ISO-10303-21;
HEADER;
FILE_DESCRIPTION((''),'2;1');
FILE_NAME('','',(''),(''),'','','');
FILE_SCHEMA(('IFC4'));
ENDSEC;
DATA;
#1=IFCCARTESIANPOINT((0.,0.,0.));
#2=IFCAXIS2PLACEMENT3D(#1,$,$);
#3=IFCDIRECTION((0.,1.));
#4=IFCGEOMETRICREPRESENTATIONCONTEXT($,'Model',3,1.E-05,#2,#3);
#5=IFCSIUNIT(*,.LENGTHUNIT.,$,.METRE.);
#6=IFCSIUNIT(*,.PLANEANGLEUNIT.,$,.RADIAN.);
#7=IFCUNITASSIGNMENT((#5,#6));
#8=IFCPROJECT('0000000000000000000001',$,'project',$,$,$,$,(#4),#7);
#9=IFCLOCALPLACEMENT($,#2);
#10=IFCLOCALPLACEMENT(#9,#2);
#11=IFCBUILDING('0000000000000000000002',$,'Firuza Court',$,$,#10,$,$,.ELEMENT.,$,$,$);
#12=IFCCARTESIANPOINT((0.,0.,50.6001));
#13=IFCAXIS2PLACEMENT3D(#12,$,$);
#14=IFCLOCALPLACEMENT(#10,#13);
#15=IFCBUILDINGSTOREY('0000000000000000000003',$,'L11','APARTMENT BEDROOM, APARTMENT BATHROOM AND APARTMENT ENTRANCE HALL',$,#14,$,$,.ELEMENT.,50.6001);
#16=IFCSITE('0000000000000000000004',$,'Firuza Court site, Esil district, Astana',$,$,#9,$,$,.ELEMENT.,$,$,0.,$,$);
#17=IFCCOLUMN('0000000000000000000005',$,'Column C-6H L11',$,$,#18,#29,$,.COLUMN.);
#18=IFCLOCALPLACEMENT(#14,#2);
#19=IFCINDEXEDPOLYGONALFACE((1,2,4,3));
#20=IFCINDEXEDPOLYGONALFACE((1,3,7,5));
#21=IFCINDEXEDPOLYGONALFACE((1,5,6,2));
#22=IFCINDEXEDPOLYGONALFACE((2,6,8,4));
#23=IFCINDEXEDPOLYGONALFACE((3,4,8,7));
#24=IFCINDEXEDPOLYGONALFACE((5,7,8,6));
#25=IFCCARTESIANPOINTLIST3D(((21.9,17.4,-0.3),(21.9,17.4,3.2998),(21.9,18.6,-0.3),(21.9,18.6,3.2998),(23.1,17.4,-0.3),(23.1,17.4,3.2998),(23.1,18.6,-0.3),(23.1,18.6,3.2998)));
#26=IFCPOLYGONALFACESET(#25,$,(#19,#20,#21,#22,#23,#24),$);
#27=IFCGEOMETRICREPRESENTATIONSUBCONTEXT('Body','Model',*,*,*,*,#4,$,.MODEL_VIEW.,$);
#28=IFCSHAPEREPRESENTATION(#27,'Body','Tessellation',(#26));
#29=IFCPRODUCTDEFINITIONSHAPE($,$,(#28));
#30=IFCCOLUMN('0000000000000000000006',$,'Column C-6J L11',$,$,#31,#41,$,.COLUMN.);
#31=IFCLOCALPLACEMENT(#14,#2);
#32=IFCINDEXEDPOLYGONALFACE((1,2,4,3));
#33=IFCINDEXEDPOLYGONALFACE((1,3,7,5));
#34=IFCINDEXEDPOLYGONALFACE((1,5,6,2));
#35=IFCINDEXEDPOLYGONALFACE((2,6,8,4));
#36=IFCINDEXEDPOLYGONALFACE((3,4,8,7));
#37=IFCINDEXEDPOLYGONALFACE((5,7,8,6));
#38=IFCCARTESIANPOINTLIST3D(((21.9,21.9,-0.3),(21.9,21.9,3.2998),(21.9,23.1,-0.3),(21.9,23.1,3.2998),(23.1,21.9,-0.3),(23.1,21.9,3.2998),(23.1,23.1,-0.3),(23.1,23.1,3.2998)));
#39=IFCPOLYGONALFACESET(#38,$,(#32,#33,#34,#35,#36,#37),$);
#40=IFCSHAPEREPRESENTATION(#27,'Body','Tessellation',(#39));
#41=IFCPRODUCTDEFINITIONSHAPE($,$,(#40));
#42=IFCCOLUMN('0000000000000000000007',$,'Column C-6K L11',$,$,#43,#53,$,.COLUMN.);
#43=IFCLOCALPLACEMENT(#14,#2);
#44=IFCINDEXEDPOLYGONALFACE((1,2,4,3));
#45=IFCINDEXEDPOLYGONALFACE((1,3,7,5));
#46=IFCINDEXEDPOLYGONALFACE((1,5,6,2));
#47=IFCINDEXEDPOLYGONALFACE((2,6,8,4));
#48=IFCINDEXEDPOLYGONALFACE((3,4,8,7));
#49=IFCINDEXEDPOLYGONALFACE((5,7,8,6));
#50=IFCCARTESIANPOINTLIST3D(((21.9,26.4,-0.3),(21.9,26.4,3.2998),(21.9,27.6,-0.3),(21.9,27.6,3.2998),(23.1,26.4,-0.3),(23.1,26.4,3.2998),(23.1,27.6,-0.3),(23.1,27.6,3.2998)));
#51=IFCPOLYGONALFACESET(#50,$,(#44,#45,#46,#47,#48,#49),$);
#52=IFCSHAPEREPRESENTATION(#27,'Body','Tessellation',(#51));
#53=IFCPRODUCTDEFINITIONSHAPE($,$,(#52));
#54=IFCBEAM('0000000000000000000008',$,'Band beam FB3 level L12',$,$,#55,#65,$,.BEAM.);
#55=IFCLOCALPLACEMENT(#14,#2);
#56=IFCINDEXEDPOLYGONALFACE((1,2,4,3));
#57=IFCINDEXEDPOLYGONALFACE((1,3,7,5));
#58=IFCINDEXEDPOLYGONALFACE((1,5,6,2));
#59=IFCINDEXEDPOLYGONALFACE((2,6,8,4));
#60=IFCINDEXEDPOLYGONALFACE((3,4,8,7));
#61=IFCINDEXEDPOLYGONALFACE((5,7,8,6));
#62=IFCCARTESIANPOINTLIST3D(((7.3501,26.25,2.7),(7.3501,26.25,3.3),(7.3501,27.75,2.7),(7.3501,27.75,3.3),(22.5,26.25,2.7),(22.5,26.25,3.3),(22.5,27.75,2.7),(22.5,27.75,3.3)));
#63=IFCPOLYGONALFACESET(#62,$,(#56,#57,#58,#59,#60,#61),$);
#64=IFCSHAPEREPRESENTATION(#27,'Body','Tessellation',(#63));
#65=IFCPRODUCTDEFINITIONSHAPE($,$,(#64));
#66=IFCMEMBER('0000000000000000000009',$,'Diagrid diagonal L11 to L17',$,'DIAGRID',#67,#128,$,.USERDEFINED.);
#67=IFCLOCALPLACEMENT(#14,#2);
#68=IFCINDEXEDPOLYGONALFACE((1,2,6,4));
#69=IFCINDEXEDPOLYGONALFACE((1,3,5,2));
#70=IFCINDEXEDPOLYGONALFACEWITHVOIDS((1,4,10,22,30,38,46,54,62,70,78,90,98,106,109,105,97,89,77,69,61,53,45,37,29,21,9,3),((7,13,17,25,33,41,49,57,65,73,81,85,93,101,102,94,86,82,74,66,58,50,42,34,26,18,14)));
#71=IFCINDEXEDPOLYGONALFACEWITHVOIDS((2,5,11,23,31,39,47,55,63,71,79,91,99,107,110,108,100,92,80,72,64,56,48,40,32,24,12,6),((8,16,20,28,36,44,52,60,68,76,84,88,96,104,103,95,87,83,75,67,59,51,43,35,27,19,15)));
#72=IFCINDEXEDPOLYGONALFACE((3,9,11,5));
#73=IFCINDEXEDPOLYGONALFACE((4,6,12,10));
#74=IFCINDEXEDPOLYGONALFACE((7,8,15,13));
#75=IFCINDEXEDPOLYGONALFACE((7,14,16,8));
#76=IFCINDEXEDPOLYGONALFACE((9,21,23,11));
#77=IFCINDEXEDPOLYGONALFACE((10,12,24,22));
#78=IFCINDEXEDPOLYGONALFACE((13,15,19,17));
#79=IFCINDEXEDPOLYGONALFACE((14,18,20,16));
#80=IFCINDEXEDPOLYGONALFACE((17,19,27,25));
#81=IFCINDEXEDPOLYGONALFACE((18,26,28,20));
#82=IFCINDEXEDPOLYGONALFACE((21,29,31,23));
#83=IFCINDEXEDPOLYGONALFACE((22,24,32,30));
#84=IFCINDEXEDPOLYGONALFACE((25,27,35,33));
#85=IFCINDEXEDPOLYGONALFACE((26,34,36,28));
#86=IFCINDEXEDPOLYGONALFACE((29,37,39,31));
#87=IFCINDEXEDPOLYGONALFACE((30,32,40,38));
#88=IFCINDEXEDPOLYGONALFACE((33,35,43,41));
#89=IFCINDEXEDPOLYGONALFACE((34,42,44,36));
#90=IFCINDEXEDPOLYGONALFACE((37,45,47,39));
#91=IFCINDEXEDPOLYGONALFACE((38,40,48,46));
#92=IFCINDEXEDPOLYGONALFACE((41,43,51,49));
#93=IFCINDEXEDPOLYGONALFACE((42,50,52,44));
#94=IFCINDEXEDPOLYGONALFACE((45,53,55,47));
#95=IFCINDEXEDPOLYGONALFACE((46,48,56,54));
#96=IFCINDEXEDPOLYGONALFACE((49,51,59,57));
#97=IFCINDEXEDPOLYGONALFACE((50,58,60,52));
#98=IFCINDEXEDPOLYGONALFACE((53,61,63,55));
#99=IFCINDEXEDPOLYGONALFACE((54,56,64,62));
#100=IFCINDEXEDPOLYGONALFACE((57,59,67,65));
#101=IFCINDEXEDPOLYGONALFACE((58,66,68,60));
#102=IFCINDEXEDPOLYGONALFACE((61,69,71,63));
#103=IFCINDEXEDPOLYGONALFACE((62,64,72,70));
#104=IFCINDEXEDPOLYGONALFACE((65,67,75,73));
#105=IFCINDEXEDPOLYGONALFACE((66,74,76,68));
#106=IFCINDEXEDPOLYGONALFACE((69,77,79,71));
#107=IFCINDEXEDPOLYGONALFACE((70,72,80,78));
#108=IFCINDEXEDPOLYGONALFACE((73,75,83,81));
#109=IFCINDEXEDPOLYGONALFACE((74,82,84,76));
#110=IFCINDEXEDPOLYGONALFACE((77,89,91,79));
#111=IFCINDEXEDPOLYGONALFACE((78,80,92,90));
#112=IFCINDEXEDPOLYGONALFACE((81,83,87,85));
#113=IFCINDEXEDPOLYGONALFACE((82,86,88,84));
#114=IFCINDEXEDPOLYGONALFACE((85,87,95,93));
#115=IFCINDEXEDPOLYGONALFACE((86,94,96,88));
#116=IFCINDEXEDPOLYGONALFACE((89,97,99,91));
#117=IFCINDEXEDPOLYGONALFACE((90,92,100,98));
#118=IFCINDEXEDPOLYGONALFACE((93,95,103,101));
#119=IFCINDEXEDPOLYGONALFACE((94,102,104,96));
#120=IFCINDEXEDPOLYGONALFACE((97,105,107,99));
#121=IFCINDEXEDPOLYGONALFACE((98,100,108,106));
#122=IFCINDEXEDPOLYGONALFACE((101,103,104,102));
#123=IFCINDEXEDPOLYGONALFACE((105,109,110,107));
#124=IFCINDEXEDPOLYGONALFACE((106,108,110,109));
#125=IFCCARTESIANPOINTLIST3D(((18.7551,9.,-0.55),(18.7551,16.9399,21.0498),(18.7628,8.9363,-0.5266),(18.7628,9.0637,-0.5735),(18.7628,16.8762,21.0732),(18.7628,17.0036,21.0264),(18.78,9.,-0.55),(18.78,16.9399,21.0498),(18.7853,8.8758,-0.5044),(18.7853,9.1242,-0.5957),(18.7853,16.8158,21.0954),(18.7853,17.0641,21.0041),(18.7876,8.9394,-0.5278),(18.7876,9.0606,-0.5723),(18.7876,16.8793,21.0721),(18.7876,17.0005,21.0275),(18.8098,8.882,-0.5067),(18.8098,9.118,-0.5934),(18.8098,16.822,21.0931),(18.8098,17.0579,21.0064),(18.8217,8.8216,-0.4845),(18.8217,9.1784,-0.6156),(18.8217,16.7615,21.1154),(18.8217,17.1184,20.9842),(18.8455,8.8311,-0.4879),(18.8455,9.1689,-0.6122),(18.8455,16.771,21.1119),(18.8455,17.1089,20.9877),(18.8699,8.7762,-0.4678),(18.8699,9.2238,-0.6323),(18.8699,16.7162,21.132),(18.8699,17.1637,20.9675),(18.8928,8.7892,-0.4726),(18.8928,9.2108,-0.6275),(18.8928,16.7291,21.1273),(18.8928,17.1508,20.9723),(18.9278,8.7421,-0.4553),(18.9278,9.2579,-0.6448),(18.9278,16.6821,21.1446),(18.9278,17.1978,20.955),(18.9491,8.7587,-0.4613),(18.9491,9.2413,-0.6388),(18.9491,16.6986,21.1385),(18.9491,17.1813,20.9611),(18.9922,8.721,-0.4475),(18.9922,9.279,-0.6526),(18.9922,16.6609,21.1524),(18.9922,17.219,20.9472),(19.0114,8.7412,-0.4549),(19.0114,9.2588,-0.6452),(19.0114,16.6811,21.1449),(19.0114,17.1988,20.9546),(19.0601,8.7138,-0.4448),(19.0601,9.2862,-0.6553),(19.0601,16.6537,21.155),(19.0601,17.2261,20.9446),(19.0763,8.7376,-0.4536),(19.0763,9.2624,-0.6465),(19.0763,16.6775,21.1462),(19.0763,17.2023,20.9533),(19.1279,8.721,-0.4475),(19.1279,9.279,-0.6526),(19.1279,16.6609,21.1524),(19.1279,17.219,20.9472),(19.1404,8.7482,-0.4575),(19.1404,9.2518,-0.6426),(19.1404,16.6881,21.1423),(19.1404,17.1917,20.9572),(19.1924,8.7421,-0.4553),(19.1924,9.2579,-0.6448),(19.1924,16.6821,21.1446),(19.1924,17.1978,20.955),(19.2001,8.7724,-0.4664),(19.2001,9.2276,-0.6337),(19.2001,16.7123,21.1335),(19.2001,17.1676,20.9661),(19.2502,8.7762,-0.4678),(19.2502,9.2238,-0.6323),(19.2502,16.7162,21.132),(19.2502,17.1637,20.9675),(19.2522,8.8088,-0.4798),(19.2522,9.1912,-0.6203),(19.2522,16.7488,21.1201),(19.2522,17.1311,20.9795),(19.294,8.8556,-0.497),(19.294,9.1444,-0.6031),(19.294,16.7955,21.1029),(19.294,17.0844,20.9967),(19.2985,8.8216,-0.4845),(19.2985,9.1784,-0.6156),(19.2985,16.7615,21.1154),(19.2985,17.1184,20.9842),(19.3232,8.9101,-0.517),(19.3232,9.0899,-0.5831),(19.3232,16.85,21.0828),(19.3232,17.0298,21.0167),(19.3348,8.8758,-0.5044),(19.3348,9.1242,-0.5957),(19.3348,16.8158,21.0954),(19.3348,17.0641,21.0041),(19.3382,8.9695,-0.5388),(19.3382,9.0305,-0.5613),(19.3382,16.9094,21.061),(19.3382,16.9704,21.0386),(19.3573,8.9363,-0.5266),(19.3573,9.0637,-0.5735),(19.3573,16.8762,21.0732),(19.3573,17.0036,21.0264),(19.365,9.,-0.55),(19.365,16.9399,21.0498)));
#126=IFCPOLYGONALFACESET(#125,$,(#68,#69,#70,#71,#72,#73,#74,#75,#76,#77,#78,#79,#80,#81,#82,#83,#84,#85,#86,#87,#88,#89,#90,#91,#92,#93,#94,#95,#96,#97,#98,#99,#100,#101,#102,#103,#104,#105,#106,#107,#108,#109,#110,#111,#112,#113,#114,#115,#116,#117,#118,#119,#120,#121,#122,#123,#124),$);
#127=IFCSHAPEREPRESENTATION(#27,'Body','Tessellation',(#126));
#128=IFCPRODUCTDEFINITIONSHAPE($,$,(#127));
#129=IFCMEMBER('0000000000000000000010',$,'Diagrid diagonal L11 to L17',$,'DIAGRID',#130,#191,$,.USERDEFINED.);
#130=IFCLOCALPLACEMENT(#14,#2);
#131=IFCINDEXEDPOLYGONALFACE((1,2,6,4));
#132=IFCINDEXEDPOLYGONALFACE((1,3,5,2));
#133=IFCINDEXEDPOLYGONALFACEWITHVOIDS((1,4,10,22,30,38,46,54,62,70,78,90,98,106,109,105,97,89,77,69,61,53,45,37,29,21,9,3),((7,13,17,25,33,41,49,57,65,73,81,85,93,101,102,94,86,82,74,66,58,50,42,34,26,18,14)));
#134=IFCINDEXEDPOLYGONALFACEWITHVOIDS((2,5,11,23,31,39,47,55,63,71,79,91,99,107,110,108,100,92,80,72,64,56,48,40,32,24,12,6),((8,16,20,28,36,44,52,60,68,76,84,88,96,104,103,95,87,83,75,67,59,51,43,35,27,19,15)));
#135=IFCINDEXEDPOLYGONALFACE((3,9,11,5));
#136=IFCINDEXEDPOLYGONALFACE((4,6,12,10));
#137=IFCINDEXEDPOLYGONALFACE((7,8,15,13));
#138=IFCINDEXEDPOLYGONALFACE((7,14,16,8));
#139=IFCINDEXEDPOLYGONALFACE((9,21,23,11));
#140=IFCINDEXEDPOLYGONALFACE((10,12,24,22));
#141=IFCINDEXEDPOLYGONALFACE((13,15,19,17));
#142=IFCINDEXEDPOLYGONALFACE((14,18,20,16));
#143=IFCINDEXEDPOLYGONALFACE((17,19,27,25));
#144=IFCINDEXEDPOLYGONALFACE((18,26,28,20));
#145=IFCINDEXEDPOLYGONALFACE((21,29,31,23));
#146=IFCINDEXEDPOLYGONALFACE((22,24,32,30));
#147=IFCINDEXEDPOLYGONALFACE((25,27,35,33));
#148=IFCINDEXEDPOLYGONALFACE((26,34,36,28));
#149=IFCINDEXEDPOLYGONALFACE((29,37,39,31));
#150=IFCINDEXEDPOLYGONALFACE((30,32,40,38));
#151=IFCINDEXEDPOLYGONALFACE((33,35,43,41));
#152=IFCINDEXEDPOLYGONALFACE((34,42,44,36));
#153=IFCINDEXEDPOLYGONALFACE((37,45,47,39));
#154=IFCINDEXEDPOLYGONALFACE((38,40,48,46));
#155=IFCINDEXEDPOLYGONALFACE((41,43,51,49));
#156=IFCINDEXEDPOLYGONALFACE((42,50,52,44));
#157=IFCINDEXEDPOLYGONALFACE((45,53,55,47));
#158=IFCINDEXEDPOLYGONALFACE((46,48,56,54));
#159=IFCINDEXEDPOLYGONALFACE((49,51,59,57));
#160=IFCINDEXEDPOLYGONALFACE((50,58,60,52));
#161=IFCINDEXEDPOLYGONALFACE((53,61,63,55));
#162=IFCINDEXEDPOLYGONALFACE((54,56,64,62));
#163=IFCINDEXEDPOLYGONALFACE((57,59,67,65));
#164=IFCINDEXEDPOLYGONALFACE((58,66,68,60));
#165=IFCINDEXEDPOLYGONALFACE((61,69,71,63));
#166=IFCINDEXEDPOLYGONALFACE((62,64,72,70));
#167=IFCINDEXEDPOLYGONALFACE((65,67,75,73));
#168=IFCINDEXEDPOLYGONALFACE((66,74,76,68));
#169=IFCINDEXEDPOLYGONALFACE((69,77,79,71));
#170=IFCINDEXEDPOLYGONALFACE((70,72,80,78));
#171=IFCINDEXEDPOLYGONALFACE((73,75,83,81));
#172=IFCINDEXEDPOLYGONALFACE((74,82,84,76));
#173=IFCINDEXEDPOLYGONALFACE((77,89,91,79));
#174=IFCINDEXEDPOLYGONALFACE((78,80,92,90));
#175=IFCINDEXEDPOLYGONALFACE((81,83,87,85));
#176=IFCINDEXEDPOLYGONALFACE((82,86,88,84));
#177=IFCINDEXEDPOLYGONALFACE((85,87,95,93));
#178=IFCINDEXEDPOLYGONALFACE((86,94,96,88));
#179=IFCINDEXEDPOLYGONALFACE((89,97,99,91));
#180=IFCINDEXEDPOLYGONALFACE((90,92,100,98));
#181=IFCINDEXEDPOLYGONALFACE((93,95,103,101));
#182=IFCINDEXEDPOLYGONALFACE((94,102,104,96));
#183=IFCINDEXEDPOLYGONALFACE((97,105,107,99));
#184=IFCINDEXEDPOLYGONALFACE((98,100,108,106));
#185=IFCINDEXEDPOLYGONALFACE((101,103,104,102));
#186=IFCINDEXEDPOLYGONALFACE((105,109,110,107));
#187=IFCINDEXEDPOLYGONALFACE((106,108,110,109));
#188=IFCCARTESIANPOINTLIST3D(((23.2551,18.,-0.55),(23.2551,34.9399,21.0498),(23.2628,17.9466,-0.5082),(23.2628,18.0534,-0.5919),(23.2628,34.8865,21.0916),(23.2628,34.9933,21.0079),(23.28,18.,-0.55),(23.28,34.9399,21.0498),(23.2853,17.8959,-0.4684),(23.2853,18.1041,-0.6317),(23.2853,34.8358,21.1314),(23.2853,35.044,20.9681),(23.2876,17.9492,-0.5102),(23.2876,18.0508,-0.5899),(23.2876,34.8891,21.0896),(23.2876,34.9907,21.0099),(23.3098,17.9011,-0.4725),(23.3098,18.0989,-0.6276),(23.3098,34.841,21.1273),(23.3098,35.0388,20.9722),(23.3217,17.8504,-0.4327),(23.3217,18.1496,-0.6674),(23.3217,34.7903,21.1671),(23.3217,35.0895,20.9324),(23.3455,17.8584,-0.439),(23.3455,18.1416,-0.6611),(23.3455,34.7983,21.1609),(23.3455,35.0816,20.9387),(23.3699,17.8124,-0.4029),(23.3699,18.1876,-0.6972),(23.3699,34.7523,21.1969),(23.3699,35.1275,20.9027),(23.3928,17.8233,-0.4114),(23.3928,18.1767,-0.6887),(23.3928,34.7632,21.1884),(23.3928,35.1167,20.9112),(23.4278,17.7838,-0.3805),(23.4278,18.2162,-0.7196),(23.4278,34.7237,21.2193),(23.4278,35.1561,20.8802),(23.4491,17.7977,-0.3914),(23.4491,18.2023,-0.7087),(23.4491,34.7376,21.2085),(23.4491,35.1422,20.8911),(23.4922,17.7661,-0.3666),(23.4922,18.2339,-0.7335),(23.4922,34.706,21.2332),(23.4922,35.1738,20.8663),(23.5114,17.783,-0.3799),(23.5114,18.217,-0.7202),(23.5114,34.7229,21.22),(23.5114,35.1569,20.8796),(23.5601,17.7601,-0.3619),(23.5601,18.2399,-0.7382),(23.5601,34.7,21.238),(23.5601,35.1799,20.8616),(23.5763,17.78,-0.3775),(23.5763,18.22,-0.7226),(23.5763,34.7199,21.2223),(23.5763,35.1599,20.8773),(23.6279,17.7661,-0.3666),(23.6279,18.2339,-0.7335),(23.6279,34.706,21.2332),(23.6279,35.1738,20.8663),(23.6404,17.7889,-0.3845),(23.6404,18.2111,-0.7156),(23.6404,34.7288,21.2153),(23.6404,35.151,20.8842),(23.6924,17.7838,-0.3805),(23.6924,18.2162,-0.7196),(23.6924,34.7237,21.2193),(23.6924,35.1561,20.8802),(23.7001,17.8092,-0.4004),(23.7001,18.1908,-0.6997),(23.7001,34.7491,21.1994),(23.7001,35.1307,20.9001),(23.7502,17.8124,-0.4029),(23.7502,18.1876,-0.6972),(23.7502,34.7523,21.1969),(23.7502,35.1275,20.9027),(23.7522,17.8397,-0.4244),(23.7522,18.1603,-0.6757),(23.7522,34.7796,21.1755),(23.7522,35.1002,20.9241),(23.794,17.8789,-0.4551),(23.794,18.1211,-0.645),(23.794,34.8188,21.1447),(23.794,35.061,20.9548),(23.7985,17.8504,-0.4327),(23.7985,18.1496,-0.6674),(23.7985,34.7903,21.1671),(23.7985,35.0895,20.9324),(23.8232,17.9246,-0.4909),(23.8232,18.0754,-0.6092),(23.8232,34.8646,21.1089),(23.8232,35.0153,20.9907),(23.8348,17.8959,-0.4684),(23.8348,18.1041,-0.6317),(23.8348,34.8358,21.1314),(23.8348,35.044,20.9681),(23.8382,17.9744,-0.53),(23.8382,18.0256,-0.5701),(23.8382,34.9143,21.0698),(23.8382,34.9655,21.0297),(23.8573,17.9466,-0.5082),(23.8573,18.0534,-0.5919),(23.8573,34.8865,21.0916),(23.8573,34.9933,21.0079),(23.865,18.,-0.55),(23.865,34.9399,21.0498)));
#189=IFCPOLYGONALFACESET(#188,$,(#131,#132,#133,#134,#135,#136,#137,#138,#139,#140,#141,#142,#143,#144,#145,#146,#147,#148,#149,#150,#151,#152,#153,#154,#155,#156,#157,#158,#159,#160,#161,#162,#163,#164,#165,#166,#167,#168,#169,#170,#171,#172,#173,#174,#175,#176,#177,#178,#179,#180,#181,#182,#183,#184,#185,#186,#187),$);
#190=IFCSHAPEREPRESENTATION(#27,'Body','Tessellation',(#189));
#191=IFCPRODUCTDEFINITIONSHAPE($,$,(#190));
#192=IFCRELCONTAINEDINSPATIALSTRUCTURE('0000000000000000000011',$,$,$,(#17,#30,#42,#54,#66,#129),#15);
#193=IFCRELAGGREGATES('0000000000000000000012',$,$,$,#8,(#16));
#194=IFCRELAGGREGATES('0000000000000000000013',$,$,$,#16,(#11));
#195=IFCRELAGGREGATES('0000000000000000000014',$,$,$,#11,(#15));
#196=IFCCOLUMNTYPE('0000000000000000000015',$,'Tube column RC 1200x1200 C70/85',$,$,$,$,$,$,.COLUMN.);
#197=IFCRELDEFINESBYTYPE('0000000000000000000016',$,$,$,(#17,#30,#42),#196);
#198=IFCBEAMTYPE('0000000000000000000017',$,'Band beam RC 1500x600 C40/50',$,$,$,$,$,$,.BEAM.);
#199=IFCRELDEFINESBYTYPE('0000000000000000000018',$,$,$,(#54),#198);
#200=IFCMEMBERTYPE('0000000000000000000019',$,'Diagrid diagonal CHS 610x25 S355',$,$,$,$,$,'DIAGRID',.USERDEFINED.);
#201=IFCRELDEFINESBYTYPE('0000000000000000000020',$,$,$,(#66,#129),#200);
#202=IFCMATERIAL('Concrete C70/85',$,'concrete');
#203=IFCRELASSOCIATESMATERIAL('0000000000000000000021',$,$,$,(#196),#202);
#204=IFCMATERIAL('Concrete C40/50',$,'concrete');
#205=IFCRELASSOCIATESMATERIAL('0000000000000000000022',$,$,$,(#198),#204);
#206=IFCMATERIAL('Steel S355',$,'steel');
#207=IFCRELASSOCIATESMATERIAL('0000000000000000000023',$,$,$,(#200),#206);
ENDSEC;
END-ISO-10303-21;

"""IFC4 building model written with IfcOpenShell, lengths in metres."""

from ifc_helpers import new_model, si_unit, direction, frame, origin, origin_2d, place, context, subcontext, project, spatial, rectangle, hollow_circle, extrude, material, material_profile, profile_set, type_object, element, save


model = new_model("IFC4")

# Units and contexts
model_context = context("Model", 3, precision=1e-05, world=origin(), true_north=direction((0.0, 1.0)))
body_context = subcontext(model_context, "Body", "Model", "MODEL_VIEW")
ifc_project = project(units=[si_unit("LENGTHUNIT", "METRE"), si_unit("PLANEANGLEUNIT", "RADIAN")], contexts=[model_context])

# Site, building, storey
site_placement = place(None, origin())
site = spatial("IfcSite", under=ifc_project, at=site_placement, Name="Firuza Court site, Esil district, Astana", CompositionType="ELEMENT", RefElevation=0.0)
building_placement = place(site_placement, origin())
building = spatial("IfcBuilding", under=site, at=building_placement, Name="Firuza Court", CompositionType="ELEMENT")
storey_placement = place(building_placement, frame((0.0, 0.0, 50.6001)))
storey = spatial("IfcBuildingStorey", under=building, at=storey_placement, Name="L11", Description="APARTMENT BEDROOM, APARTMENT BATHROOM AND APARTMENT ENTRANCE HALL", CompositionType="ELEMENT", Elevation=50.6001)

# Columns
ifc_material_1 = material(Name="Concrete C70/85", Category="concrete")
ifc_material_profile_1 = material_profile(ifc_material_1, rectangle(XDim=1.2, YDim=1.2, at=origin_2d()), Name="RC 1200x1200")
ifc_profile_set_1 = profile_set([ifc_material_profile_1], Name="Concrete C70/85")
column_type = type_object("IfcColumnType", Name="Tube column RC 1200x1200 C70/85", PredefinedType="COLUMN", material=ifc_profile_set_1)
for number, where, z_axis, x_axis, name in (
    (1, (22.5, 18.0, -0.3), (0.0, 0.0, 1.0), (1.0, 0.0, 0.0), "Column C-6H L11"),
    (2, (22.5, 22.5, -0.3), (0.0, 0.0, 1.0), (1.0, 0.0, 0.0), "Column C-6J L11"),
    (3, (22.5, 27.0, -0.3), (0.0, 0.0, 1.0), (1.0, 0.0, 0.0), "Column C-6K L11"),
):
    element("IfcColumn", number, at=place(storey_placement, frame(where, z_axis=z_axis, x_axis=x_axis)), inside=storey, type_object=column_type, Name=name, PredefinedType="COLUMN", context=body_context, shape_type="SweptSolid", body=[
        extrude(rectangle(XDim=1.2, YDim=1.2, at=origin_2d()), origin(), (0.0, 0.0, 1.0), 3.5999),
    ])

# Beam
ifc_material_2 = material(Name="Concrete C40/50", Category="concrete")
ifc_material_profile_2 = material_profile(ifc_material_2, rectangle(XDim=1.5, YDim=0.6001, at=origin_2d()), Name="RC 1500x600")
ifc_profile_set_2 = profile_set([ifc_material_profile_2], Name="Concrete C40/50")
beam_type_1 = type_object("IfcBeamType", Name="Band beam RC 1500x600 C40/50", PredefinedType="BEAM", material=ifc_profile_set_2)
beam_placement = place(storey_placement, frame((22.5, 27.0, 3.0), z_axis=(-1.0, 0.0, 0.0), x_axis=(0.0, -1.0, 0.0)))
element("IfcBeam", 4, at=beam_placement, inside=storey, type_object=beam_type_1, Name="Band beam FB3 level L12", PredefinedType="BEAM", context=body_context, shape_type="SweptSolid", body=[
    extrude(rectangle(XDim=1.5, YDim=0.6001, at=origin_2d()), origin(), (0.0, 0.0, 1.0), 15.1499),
])

# Members
ifc_material_3 = material(Name="Steel S355", Category="steel")
ifc_material_profile_3 = material_profile(ifc_material_3, hollow_circle(Radius=0.3049, WallThickness=0.0249, at=origin_2d()), Name="CHS 610x25")
ifc_profile_set_3 = profile_set([ifc_material_profile_3], Name="Steel S355")
member_type = type_object("IfcMemberType", Name="Diagrid diagonal CHS 610x25 S355", ElementType="DIAGRID", PredefinedType="USERDEFINED", material=ifc_profile_set_3)
member_1_placement = place(storey_placement, frame((19.0601, 9.0, -0.55), z_axis=(0.0, 0.34502, 0.938595), x_axis=(-1.0, 0.0, 0.0)))
element("IfcMember", 5, at=member_1_placement, inside=storey, type_object=member_type, Name="Diagrid diagonal L11 to L17", ObjectType="DIAGRID", PredefinedType="USERDEFINED", context=body_context, shape_type="SweptSolid", body=[
    extrude(hollow_circle(Radius=0.3049, WallThickness=0.0249, at=origin_2d()), origin(), (0.0, 0.0, 1.0), 23.0129),
])
member_2_placement = place(storey_placement, frame((23.5601, 18.0, -0.55), z_axis=(0.0, 0.617115, 0.786873), x_axis=(-1.0, 0.0, 0.0)))
element("IfcMember", 6, at=member_2_placement, inside=storey, type_object=member_type, Name="Diagrid diagonal L11 to L17", ObjectType="DIAGRID", PredefinedType="USERDEFINED", context=body_context, shape_type="SweptSolid", body=[
    extrude(hollow_circle(Radius=0.3049, WallThickness=0.0249, at=origin_2d()), origin(), (0.0, 0.0, 1.0), 27.4502),
])

save(model, "model.ifc")
